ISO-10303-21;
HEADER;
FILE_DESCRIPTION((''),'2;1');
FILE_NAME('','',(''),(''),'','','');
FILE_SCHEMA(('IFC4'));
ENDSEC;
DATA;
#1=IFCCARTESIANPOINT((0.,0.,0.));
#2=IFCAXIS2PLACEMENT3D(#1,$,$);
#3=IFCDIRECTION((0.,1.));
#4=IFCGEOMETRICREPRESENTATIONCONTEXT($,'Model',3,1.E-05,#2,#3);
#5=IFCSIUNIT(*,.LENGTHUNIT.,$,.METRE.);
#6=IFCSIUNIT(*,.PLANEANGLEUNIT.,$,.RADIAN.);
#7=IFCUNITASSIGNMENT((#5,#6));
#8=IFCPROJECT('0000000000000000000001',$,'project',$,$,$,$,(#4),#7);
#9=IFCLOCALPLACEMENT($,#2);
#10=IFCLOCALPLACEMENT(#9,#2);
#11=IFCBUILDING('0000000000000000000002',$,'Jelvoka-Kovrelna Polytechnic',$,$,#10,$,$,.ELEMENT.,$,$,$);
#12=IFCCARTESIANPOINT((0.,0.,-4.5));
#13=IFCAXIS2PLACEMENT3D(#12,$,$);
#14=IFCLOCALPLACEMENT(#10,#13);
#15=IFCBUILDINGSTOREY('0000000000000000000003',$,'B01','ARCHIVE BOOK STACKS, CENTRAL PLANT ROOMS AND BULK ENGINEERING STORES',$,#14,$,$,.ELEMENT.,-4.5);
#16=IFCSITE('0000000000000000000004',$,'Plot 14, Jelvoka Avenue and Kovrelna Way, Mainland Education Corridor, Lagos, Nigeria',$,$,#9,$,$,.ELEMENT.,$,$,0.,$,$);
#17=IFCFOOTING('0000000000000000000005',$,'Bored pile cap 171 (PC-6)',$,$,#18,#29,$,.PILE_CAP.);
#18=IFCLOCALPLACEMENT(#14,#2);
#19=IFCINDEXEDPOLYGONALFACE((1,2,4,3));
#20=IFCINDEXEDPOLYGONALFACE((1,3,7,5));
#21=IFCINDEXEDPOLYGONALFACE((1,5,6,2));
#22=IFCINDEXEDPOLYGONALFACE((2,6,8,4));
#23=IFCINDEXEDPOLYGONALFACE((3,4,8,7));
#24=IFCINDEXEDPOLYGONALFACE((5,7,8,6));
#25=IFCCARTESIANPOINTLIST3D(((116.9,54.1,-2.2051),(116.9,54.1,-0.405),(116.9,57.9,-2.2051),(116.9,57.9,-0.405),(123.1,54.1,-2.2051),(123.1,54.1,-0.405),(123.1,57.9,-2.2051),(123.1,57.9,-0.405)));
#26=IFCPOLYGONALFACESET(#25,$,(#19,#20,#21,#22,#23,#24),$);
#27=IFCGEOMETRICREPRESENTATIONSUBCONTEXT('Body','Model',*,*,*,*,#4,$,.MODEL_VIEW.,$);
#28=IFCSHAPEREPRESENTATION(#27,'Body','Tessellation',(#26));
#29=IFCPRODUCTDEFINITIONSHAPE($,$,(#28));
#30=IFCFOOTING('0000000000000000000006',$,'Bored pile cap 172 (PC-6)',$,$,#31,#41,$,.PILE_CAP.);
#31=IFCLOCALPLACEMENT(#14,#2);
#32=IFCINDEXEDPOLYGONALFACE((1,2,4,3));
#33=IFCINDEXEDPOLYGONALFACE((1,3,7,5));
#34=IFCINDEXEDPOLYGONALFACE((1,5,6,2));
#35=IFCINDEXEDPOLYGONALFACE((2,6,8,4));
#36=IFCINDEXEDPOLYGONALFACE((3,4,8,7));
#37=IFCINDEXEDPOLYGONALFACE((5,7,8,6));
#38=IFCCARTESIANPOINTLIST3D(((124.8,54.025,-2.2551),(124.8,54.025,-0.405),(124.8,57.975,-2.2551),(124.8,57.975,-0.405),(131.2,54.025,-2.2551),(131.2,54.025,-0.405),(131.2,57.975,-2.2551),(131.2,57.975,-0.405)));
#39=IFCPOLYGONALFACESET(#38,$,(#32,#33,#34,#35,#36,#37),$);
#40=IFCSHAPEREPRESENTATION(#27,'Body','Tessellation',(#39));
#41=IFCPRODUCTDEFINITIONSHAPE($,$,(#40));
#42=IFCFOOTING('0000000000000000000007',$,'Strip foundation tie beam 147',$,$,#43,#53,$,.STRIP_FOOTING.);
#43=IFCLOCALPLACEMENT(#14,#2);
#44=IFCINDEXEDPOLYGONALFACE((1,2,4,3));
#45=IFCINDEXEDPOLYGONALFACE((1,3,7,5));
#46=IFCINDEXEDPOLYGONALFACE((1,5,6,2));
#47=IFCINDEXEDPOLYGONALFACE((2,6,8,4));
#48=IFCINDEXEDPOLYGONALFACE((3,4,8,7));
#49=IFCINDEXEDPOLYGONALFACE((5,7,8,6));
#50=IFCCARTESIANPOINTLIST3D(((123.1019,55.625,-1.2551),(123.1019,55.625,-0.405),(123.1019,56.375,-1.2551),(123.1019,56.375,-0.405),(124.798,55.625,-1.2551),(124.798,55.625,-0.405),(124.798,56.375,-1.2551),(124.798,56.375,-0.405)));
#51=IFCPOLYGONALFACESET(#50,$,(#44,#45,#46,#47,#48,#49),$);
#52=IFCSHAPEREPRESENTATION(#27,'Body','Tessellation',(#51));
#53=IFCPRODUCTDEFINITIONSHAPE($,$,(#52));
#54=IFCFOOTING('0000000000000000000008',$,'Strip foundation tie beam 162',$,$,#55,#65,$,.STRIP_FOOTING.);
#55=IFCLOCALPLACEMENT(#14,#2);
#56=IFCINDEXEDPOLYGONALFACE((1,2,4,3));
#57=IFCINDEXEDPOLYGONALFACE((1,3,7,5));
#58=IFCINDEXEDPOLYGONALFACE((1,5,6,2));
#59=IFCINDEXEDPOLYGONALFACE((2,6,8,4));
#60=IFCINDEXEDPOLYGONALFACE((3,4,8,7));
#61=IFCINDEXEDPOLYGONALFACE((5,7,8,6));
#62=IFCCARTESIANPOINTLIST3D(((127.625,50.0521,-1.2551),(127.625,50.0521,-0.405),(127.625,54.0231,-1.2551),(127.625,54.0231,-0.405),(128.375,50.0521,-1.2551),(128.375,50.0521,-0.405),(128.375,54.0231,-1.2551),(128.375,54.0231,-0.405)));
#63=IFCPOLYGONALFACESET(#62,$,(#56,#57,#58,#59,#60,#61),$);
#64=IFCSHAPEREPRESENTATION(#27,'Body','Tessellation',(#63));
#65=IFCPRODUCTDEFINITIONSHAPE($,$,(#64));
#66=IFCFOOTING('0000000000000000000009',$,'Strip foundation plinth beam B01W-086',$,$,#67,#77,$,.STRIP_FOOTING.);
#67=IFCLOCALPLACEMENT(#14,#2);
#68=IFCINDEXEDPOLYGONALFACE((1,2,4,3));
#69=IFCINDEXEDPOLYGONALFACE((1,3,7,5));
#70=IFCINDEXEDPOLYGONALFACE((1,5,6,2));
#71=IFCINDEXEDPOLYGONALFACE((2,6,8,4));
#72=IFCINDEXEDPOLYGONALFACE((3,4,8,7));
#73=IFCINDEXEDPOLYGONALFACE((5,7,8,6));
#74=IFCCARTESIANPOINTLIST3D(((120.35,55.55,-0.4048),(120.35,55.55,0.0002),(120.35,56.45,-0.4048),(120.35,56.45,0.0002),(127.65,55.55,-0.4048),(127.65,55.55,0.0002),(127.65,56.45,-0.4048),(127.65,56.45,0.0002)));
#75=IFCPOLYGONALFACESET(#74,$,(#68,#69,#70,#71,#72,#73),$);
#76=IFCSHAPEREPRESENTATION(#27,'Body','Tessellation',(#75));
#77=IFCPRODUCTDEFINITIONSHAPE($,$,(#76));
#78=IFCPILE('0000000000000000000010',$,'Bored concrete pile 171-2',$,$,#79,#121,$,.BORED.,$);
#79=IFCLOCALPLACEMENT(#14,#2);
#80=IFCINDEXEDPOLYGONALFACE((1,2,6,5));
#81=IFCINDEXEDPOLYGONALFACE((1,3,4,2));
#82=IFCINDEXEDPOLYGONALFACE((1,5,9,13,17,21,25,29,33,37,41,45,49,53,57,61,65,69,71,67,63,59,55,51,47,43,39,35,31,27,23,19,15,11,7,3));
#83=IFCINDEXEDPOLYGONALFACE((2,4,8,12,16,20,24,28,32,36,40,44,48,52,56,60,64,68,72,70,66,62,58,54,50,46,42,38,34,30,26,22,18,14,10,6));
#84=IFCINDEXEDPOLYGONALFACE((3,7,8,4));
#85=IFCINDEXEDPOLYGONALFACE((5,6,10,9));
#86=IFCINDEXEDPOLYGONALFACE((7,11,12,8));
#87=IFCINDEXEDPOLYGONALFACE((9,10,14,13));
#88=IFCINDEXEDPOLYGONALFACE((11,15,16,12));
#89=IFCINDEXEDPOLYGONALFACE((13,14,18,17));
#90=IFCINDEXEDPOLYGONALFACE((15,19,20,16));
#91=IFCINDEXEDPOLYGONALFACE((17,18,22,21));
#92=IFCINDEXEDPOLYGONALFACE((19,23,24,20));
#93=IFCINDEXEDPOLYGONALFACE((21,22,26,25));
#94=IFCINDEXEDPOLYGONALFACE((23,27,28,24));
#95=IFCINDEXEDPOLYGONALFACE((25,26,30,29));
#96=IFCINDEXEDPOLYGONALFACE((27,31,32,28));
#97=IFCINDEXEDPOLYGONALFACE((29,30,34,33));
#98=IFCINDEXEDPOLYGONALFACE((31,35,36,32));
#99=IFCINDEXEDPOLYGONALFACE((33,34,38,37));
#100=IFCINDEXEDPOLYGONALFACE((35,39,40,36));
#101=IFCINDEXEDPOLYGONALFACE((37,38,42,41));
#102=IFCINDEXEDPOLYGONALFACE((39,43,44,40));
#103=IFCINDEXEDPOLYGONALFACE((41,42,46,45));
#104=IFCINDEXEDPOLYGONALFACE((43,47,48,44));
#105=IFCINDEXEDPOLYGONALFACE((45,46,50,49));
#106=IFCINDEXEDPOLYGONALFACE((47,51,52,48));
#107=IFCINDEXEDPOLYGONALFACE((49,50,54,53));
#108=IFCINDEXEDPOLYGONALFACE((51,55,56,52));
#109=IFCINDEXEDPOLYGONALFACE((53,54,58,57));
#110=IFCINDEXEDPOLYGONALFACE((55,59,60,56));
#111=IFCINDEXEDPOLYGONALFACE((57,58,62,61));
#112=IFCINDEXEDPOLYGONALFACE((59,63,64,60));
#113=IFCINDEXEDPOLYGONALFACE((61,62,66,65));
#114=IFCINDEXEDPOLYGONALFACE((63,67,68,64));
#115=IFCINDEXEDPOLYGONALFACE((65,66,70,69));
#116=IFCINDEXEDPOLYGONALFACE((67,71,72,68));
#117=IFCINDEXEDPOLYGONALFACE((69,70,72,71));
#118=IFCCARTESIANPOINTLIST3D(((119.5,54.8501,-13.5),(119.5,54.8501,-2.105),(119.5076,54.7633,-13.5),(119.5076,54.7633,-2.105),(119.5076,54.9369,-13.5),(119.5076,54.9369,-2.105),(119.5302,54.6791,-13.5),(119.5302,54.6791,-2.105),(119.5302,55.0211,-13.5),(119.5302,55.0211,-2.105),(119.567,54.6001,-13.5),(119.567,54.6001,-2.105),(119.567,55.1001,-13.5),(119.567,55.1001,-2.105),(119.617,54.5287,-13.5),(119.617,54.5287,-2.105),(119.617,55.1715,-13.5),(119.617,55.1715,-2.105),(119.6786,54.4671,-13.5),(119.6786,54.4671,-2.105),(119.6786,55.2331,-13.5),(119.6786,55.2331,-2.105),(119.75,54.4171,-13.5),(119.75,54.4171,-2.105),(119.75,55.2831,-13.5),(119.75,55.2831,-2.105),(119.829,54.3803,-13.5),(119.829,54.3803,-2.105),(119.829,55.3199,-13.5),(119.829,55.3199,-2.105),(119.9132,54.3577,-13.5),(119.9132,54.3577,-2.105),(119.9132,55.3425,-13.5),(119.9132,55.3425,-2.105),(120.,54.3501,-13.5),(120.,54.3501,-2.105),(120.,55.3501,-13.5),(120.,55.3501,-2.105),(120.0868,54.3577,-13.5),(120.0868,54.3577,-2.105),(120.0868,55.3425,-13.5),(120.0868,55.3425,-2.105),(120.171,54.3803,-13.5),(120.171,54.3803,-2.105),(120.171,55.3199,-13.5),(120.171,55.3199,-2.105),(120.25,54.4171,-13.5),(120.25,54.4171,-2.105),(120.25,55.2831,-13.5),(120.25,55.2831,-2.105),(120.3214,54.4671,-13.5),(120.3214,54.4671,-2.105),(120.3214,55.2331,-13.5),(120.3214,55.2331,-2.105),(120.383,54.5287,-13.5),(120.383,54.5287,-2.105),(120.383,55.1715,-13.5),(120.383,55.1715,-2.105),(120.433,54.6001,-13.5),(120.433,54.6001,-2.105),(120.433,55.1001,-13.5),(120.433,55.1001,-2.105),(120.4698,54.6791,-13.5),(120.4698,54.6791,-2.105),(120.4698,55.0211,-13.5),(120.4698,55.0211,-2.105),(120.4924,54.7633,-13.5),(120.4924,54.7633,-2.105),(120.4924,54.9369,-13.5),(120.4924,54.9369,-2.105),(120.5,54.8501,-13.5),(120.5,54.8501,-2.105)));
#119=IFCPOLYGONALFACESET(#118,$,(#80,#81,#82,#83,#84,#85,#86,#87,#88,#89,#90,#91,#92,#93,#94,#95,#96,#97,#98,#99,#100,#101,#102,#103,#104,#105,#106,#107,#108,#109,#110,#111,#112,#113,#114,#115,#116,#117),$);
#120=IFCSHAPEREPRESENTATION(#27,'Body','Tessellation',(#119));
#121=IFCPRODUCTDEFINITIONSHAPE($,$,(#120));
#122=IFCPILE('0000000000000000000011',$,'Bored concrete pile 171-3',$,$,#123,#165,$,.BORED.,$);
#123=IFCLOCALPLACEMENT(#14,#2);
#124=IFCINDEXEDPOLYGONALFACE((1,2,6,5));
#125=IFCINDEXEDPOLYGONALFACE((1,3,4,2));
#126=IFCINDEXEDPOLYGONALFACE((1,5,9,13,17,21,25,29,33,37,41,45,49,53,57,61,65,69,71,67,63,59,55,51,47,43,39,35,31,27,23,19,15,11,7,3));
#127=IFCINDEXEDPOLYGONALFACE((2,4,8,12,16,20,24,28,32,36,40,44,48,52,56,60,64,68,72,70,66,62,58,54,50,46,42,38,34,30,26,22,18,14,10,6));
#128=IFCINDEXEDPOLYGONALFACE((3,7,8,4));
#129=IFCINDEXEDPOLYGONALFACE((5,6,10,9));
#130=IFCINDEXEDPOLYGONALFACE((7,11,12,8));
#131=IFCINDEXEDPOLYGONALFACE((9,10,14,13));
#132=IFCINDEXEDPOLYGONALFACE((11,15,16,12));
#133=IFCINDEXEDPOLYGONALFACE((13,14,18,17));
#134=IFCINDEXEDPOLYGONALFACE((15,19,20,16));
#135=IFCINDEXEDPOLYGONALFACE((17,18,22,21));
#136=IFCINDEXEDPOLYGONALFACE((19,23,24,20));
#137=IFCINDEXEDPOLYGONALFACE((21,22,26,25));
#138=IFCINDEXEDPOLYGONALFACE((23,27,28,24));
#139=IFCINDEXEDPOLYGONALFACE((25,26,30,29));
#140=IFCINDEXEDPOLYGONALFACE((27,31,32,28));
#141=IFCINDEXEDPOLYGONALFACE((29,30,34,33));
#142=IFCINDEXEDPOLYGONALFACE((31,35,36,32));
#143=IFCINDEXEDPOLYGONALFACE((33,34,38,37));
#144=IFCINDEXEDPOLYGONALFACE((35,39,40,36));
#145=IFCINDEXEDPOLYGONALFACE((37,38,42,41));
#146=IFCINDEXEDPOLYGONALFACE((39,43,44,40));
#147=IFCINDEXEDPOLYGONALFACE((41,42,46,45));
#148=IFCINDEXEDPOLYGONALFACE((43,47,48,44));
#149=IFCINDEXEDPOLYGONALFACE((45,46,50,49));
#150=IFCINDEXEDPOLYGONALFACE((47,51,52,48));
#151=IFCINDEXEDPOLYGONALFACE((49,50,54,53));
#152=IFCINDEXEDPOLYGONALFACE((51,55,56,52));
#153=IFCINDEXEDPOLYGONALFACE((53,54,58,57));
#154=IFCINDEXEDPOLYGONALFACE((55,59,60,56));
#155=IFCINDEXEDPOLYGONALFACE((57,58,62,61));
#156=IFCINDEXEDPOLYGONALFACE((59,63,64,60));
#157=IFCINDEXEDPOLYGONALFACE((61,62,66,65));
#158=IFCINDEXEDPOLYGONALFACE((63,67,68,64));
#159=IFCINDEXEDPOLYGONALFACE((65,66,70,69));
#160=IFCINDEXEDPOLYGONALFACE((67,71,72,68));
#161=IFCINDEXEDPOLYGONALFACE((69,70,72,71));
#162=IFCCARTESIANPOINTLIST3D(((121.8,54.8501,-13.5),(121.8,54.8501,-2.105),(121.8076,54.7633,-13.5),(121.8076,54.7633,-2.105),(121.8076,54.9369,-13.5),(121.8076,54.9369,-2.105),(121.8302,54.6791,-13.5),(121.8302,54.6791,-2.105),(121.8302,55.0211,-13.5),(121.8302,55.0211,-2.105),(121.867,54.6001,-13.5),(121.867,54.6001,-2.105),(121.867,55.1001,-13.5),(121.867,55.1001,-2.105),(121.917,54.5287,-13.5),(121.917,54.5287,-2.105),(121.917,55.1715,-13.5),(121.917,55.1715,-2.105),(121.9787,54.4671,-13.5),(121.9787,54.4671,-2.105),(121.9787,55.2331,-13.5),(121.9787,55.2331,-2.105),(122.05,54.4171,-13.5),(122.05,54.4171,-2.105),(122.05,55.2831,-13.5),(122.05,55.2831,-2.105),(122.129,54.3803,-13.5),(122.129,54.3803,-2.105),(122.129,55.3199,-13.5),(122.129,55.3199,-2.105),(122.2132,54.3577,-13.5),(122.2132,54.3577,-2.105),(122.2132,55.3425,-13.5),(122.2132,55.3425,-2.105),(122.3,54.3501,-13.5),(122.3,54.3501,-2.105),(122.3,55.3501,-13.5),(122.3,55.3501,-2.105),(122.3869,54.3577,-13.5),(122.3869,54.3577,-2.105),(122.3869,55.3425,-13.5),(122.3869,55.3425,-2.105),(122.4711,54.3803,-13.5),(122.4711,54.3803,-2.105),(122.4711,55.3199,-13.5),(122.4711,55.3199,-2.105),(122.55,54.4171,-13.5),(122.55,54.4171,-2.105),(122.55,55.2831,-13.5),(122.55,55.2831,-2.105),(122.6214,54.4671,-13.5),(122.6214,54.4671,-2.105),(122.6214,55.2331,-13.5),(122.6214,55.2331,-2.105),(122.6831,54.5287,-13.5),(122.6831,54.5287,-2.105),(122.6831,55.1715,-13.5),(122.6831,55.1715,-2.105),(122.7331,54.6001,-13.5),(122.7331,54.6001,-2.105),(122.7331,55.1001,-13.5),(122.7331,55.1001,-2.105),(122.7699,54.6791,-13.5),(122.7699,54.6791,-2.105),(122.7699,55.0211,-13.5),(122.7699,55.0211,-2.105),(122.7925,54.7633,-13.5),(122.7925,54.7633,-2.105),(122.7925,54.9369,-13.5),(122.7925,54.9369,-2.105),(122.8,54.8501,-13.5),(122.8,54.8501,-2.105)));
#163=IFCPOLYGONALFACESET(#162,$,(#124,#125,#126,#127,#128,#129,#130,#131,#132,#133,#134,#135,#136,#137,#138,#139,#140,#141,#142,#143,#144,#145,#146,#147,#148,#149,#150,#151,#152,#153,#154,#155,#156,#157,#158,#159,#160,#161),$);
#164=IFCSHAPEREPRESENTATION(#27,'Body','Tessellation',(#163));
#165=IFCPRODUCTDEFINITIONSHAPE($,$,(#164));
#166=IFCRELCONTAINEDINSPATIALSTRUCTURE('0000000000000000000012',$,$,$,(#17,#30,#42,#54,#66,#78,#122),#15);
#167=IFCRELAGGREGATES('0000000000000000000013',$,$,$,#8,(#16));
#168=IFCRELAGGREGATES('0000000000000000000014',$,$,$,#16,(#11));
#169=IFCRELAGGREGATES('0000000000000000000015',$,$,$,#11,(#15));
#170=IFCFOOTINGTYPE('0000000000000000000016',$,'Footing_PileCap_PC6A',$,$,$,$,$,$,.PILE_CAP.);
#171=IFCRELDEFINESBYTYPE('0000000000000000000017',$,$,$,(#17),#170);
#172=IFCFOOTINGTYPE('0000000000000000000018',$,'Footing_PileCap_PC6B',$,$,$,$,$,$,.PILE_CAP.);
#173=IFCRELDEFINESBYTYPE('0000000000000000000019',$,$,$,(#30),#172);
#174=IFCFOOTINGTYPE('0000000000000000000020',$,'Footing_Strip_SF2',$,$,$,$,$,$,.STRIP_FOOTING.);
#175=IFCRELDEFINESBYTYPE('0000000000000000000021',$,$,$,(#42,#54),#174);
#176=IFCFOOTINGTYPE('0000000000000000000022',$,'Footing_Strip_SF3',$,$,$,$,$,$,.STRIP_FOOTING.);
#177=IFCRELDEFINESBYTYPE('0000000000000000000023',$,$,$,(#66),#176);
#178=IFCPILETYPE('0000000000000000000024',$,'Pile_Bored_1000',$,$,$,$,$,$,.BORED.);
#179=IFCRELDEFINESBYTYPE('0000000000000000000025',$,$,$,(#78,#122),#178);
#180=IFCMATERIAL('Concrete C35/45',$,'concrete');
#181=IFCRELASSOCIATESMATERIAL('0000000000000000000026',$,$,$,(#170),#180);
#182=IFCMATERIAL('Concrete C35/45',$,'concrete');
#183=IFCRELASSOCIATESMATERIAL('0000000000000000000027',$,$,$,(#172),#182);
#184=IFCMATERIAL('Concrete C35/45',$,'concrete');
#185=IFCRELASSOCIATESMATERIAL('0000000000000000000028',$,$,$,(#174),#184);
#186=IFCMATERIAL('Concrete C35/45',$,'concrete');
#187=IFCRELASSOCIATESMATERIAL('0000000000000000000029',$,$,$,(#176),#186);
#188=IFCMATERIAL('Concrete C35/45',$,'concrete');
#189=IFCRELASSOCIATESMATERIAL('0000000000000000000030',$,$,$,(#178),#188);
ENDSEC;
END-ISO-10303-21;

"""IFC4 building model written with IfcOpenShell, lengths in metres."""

from ifc_helpers import new_model, si_unit, direction, frame, origin, origin_2d, place, context, subcontext, project, spatial, rectangle, circle, extrude, material, material_profile, profile_set, type_object, element, save


model = new_model("IFC4")

# Units and contexts
model_context = context("Model", 3, precision=1e-05, world=origin(), true_north=direction((0.0, 1.0)))
body_context = subcontext(model_context, "Body", "Model", "MODEL_VIEW")
ifc_project = project(units=[si_unit("LENGTHUNIT", "METRE"), si_unit("PLANEANGLEUNIT", "RADIAN")], contexts=[model_context])

# Site, building, storey
site_placement = place(None, origin())
site = spatial("IfcSite", under=ifc_project, at=site_placement, Name="Plot 14, Jelvoka Avenue and Kovrelna Way, Mainland Education Corridor, Lagos, Nigeria", CompositionType="ELEMENT", RefElevation=0.0)
building_placement = place(site_placement, origin())
building = spatial("IfcBuilding", under=site, at=building_placement, Name="Jelvoka-Kovrelna Polytechnic", CompositionType="ELEMENT")
storey_placement = place(building_placement, frame((0.0, 0.0, -4.5)))
storey = spatial("IfcBuildingStorey", under=building, at=storey_placement, Name="B01", Description="ARCHIVE BOOK STACKS, CENTRAL PLANT ROOMS AND BULK ENGINEERING STORES", CompositionType="ELEMENT", Elevation=-4.5)

# Footings
ifc_material_1 = material(Name="Concrete C35/45", Category="concrete")
footing_type_1 = type_object("IfcFootingType", Name="Footing_PileCap_PC6A", PredefinedType="PILE_CAP", material=ifc_material_1)
footing_1_placement = place(storey_placement, frame((120.0, 56.0, -2.2051), z_axis=(0.0, 0.0, 1.0), x_axis=(1.0, 0.0, 0.0)))
element("IfcFooting", 1, at=footing_1_placement, inside=storey, type_object=footing_type_1, Name="Bored pile cap 171 (PC-6)", PredefinedType="PILE_CAP", context=body_context, shape_type="SweptSolid", body=[
    extrude(rectangle(XDim=6.2, YDim=3.8, at=origin_2d()), origin(), (0.0, 0.0, 1.0), 1.8),
])
ifc_material_2 = material(Name="Concrete C35/45", Category="concrete")
footing_type_2 = type_object("IfcFootingType", Name="Footing_PileCap_PC6B", PredefinedType="PILE_CAP", material=ifc_material_2)
footing_2_placement = place(storey_placement, frame((128.0, 56.0, -2.2551), z_axis=(0.0, 0.0, 1.0), x_axis=(1.0, 0.0, 0.0)))
element("IfcFooting", 2, at=footing_2_placement, inside=storey, type_object=footing_type_2, Name="Bored pile cap 172 (PC-6)", PredefinedType="PILE_CAP", context=body_context, shape_type="SweptSolid", body=[
    extrude(rectangle(XDim=6.3999, YDim=3.95, at=origin_2d()), origin(), (0.0, 0.0, 1.0), 1.8501),
])
ifc_material_3 = material(Name="Concrete C35/45", Category="concrete")
footing_type_3 = type_object("IfcFootingType", Name="Footing_Strip_SF2", PredefinedType="STRIP_FOOTING", material=ifc_material_3)
footing_3_placement = place(storey_placement, frame((123.95, 56.0, -1.2551), z_axis=(0.0, 0.0, 1.0), x_axis=(1.0, 0.0, 0.0)))
element("IfcFooting", 3, at=footing_3_placement, inside=storey, type_object=footing_type_3, Name="Strip foundation tie beam 147", PredefinedType="STRIP_FOOTING", context=body_context, shape_type="SweptSolid", body=[
    extrude(rectangle(XDim=1.696, YDim=0.75, at=origin_2d()), origin(), (0.0, 0.0, 1.0), 0.8501),
])
footing_4_placement = place(storey_placement, frame((128.0, 52.0376, -1.2551), z_axis=(0.0, 0.0, 1.0), x_axis=(0.0, 1.0, 0.0)))
element("IfcFooting", 4, at=footing_4_placement, inside=storey, type_object=footing_type_3, Name="Strip foundation tie beam 162", PredefinedType="STRIP_FOOTING", context=body_context, shape_type="SweptSolid", body=[
    extrude(rectangle(XDim=3.9709, YDim=0.75, at=origin_2d()), origin(), (0.0, 0.0, 1.0), 0.8501),
])
ifc_material_4 = material(Name="Concrete C35/45", Category="concrete")
footing_type_4 = type_object("IfcFootingType", Name="Footing_Strip_SF3", PredefinedType="STRIP_FOOTING", material=ifc_material_4)
footing_5_placement = place(storey_placement, frame((124.0, 56.0, -0.4048), z_axis=(0.0, 0.0, 1.0), x_axis=(1.0, 0.0, 0.0)))
element("IfcFooting", 5, at=footing_5_placement, inside=storey, type_object=footing_type_4, Name="Strip foundation plinth beam B01W-086", PredefinedType="STRIP_FOOTING", context=body_context, shape_type="SweptSolid", body=[
    extrude(rectangle(XDim=7.3, YDim=0.8999, at=origin_2d()), origin(), (0.0, 0.0, 1.0), 0.405),
])

# Piles
ifc_material_5 = material(Name="Concrete C35/45", Category="concrete")
ifc_material_profile_1 = material_profile(ifc_material_5, circle(Radius=0.5, at=origin_2d()), Name="PILE D1000")
ifc_profile_set_1 = profile_set([ifc_material_profile_1], Name="Concrete C35/45")
pile_type = type_object("IfcPileType", Name="Pile_Bored_1000", PredefinedType="BORED", material=ifc_profile_set_1)
for number, where, z_axis, x_axis, name in (
    (6, (120.0, 54.8501, -2.105), (0.0, 0.0, -1.0), (1.0, 0.0, 0.0), "Bored concrete pile 171-2"),
    (7, (122.3, 54.8501, -2.105), (0.0, 0.0, -1.0), (1.0, 0.0, 0.0), "Bored concrete pile 171-3"),
):
    element("IfcPile", number, at=place(storey_placement, frame(where, z_axis=z_axis, x_axis=x_axis)), inside=storey, type_object=pile_type, Name=name, PredefinedType="BORED", context=body_context, shape_type="SweptSolid", body=[
        extrude(circle(Radius=0.5, at=origin_2d()), origin(), (0.0, 0.0, 1.0), 11.395),
    ])

save(model, "model.ifc")
